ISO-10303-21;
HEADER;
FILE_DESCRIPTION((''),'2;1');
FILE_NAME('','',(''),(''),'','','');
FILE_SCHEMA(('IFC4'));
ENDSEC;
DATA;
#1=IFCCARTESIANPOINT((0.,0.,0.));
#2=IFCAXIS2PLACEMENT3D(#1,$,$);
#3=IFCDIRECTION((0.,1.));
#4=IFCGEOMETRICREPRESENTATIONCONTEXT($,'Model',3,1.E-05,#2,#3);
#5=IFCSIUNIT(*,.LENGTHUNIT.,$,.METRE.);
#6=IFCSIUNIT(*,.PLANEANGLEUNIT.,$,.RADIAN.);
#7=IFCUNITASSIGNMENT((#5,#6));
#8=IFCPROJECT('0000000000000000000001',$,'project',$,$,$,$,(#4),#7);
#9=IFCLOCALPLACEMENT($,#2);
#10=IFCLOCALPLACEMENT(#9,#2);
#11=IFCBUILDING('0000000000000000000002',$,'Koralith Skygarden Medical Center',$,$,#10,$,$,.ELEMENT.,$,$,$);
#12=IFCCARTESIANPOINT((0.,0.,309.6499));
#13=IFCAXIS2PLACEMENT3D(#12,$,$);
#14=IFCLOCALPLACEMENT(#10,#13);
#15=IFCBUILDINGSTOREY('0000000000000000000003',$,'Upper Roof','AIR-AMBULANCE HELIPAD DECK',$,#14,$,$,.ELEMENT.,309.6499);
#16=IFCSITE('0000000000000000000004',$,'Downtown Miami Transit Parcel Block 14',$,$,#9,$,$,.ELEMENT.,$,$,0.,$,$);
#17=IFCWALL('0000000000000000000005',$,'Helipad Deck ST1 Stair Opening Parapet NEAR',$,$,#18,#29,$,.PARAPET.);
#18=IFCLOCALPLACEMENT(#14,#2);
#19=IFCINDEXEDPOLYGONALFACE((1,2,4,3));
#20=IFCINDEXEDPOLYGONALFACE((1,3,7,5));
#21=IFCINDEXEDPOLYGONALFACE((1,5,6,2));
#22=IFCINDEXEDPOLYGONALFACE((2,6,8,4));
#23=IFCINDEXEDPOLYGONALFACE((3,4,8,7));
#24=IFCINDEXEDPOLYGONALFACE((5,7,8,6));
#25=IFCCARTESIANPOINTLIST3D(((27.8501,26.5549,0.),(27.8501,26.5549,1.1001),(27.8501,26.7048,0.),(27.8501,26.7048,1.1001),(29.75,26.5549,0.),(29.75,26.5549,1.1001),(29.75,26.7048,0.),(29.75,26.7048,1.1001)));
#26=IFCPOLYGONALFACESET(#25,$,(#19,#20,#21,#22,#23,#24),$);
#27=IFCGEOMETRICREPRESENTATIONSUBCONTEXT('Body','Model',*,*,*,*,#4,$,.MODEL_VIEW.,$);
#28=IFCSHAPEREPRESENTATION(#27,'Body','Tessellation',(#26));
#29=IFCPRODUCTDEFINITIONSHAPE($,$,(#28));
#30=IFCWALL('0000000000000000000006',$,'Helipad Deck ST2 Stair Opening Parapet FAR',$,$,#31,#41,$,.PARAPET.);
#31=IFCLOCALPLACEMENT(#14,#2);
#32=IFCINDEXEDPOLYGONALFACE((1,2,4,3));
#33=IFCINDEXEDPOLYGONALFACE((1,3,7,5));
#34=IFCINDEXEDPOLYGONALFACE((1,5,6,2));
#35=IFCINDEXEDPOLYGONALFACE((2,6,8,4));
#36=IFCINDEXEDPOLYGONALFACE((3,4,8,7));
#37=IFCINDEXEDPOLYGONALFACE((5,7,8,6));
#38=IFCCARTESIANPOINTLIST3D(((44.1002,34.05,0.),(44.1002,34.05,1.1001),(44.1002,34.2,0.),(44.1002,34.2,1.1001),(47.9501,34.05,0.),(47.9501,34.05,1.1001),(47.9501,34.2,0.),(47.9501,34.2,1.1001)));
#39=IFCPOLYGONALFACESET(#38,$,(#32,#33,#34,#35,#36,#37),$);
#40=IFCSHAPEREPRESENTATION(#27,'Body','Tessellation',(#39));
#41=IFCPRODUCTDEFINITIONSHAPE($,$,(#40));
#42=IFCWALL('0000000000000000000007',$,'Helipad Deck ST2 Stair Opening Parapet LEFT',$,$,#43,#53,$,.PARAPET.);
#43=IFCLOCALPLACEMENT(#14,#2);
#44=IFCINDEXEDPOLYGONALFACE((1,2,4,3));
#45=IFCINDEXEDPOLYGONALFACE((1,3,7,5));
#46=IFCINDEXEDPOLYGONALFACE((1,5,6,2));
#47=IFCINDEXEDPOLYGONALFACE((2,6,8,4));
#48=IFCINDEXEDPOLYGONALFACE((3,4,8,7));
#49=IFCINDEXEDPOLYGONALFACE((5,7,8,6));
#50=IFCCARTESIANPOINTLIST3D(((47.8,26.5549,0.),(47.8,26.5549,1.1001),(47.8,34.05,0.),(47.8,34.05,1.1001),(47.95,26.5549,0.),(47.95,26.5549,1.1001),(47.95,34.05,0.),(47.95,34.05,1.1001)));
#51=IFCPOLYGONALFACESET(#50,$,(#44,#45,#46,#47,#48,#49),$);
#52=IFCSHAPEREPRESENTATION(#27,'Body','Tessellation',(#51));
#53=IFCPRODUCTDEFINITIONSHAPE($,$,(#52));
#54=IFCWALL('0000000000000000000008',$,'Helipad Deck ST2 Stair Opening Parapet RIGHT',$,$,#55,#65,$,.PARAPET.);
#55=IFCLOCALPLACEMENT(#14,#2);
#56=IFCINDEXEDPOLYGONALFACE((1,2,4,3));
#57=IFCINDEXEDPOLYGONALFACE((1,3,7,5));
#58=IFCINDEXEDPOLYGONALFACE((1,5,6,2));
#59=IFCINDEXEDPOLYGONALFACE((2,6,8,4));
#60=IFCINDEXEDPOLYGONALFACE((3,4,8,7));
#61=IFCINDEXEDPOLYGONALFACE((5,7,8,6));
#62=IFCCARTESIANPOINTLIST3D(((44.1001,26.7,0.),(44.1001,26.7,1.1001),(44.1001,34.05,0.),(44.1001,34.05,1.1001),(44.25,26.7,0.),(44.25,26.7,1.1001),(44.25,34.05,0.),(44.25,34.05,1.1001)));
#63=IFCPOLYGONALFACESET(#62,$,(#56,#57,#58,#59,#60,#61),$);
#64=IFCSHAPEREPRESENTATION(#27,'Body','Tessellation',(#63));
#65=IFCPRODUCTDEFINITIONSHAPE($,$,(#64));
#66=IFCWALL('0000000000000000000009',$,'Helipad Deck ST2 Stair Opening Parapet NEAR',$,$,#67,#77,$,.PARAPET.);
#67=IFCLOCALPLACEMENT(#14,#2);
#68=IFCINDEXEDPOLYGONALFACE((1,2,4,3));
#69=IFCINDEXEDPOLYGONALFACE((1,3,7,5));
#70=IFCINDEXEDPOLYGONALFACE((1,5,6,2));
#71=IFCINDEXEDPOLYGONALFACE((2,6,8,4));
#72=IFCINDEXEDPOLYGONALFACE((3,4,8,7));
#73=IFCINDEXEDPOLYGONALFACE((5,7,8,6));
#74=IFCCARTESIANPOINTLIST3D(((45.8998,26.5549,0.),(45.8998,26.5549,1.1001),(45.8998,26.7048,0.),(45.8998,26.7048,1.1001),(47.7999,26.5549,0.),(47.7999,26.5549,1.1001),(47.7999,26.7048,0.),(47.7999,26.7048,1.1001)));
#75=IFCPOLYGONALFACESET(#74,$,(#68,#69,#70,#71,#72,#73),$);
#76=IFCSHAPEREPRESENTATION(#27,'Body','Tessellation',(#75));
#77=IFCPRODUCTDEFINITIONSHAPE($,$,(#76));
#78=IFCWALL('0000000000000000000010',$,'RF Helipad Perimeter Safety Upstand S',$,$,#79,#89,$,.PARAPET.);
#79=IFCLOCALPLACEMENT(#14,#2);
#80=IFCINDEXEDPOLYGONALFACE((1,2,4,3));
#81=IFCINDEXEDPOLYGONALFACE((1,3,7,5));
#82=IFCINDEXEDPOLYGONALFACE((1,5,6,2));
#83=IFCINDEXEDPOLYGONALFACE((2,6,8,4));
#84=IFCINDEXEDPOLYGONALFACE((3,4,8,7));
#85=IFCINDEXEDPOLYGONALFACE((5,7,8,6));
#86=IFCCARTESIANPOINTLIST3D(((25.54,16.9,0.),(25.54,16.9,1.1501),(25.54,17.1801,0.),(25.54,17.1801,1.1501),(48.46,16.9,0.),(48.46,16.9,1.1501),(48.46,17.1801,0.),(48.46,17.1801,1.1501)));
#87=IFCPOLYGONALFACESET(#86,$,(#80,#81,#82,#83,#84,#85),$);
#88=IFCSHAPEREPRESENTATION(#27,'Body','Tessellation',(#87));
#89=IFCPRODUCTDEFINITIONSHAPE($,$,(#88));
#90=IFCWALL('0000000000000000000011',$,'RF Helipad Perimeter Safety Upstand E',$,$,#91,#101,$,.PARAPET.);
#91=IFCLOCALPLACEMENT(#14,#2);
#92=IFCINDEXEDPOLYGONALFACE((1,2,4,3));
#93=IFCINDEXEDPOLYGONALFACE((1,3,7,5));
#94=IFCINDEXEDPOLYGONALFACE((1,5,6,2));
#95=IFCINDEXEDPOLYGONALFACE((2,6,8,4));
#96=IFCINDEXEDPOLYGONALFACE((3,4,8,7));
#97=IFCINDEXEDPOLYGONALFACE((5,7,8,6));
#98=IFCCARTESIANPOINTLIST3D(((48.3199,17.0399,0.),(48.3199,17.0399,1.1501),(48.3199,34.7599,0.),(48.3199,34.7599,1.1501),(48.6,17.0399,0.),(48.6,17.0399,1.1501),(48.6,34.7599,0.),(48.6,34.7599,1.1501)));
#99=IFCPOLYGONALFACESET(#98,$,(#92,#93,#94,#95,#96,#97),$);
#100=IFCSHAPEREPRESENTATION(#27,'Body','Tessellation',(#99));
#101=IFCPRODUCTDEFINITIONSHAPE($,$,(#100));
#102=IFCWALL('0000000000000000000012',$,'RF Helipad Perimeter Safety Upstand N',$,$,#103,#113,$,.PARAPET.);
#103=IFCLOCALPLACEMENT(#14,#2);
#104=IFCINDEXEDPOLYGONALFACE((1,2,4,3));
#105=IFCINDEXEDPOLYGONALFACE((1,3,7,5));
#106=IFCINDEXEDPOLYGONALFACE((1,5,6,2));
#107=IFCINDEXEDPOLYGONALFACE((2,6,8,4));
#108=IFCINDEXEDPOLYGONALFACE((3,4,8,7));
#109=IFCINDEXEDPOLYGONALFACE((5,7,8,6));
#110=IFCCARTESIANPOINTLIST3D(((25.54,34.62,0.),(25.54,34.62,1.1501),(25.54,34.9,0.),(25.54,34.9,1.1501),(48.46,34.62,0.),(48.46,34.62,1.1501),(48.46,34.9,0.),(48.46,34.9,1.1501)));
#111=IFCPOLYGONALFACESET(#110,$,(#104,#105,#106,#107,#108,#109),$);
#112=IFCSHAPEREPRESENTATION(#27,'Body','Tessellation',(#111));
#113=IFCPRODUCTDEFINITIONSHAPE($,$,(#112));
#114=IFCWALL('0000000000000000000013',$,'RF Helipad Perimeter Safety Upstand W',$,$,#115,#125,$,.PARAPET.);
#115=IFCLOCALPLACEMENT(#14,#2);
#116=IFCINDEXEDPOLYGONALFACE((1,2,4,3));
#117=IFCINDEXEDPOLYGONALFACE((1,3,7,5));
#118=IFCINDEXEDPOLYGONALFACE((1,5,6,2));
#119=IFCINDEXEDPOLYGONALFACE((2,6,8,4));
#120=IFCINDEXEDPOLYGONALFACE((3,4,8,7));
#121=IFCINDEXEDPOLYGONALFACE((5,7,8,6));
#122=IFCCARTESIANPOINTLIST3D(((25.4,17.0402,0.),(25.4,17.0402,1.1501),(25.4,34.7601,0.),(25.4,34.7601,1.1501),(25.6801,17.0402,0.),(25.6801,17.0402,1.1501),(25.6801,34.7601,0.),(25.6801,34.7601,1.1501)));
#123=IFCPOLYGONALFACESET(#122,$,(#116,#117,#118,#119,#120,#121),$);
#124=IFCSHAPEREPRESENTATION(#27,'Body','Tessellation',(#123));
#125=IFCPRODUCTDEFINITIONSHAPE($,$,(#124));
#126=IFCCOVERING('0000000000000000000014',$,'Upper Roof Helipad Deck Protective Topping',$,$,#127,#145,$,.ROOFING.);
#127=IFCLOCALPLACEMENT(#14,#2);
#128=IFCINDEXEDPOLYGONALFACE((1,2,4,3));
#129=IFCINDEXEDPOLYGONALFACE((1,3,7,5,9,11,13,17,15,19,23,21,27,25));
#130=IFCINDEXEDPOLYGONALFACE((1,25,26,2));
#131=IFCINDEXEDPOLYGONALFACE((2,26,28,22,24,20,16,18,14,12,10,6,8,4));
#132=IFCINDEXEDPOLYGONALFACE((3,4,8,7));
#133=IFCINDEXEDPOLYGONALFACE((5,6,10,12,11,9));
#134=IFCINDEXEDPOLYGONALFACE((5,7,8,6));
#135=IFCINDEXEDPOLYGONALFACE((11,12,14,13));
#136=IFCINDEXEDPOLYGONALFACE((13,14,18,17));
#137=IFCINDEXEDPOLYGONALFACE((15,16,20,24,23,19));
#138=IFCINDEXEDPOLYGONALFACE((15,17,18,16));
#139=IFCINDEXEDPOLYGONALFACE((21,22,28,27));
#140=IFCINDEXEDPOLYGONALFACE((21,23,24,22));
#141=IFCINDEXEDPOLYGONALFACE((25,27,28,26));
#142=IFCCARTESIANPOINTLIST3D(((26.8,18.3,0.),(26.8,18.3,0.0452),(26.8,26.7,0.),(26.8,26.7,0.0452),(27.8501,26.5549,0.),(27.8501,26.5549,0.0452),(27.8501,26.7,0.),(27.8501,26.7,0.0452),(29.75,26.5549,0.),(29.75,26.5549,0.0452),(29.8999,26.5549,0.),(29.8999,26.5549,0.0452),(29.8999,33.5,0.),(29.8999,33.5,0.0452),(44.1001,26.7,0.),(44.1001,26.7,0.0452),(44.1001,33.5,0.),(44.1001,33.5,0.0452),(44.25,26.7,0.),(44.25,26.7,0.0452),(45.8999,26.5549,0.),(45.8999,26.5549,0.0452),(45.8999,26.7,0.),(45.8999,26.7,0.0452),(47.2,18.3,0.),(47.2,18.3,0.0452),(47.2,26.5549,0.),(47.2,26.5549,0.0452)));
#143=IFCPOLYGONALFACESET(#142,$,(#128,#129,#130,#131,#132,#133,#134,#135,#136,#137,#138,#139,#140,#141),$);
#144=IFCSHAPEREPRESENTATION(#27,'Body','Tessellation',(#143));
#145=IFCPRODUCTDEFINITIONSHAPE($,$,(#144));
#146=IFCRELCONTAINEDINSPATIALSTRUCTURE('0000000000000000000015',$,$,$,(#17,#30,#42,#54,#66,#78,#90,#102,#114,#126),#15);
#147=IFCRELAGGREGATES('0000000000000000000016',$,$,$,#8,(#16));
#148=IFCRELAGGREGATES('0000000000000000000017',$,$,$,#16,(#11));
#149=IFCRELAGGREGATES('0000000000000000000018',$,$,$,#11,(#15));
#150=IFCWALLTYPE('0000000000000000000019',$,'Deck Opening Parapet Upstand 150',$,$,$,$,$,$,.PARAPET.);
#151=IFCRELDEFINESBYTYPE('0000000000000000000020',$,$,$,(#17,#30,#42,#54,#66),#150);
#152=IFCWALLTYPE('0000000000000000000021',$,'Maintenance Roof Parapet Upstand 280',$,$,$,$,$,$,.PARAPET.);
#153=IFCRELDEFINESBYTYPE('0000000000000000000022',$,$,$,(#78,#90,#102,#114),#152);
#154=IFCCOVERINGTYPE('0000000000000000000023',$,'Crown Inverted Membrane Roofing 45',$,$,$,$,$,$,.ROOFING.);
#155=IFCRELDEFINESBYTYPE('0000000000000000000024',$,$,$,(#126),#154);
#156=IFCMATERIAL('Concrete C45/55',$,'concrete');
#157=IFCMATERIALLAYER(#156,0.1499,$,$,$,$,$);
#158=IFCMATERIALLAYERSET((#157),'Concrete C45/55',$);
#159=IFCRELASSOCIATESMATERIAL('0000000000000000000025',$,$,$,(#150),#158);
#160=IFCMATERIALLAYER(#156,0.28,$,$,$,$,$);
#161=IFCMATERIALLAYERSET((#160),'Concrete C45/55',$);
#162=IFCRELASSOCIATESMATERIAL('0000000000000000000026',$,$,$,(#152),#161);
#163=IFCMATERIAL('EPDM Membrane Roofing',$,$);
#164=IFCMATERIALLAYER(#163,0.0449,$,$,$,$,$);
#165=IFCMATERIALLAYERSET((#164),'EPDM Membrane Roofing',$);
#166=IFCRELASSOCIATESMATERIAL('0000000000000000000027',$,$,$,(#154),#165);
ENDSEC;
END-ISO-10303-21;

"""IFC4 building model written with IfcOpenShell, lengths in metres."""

from ifc_helpers import new_model, si_unit, direction, frame, frame_2d, origin, place, context, subcontext, project, spatial, polyline, rectangle, outline, extrude, material, layer, layer_set, type_object, element, save


model = new_model("IFC4")

# Units and contexts
model_context = context("Model", 3, precision=1e-05, world=origin(), true_north=direction((0.0, 1.0)))
body_context = subcontext(model_context, "Body", "Model", "MODEL_VIEW")
ifc_project = project(units=[si_unit("LENGTHUNIT", "METRE"), si_unit("PLANEANGLEUNIT", "RADIAN")], contexts=[model_context])

# Site, building, storey
site_placement = place(None, origin())
site = spatial("IfcSite", under=ifc_project, at=site_placement, Name="Downtown Miami Transit Parcel Block 14", CompositionType="ELEMENT", RefElevation=0.0)
building_placement = place(site_placement, origin())
building = spatial("IfcBuilding", under=site, at=building_placement, Name="Koralith Skygarden Medical Center", CompositionType="ELEMENT")
storey_placement = place(building_placement, frame((0.0, 0.0, 309.6499)))
storey = spatial("IfcBuildingStorey", under=building, at=storey_placement, Name="Upper Roof", Description="AIR-AMBULANCE HELIPAD DECK", CompositionType="ELEMENT", Elevation=309.6499)

# Walls
ifc_material_1 = material(Name="Concrete C45/55", Category="concrete")
ifc_layer_1 = layer(ifc_material_1, 0.1499)
ifc_layer_set_1 = layer_set([ifc_layer_1], Name="Concrete C45/55")
wall_type_1 = type_object("IfcWallType", Name="Deck Opening Parapet Upstand 150", PredefinedType="PARAPET", material=ifc_layer_set_1)
wall_1_placement = place(storey_placement, frame((29.75, 26.6299, 0.0), z_axis=(0.0, 0.0, 1.0), x_axis=(-1.0, 0.0, 0.0)))
element("IfcWall", 1, at=wall_1_placement, inside=storey, type_object=wall_type_1, Name="Helipad Deck ST1 Stair Opening Parapet NEAR", PredefinedType="PARAPET", context=body_context, shape_type="SweptSolid", body=[
    extrude(rectangle(XDim=1.8999, YDim=0.1499, at=frame_2d((0.95, 0.0))), origin(), (0.0, 0.0, 1.0), 1.1001),
])
wall_2_placement = place(storey_placement, frame((47.95, 34.125, 0.0), z_axis=(0.0, 0.0, 1.0), x_axis=(-1.0, 0.0, 0.0)))
element("IfcWall", 2, at=wall_2_placement, inside=storey, type_object=wall_type_1, Name="Helipad Deck ST2 Stair Opening Parapet FAR", PredefinedType="PARAPET", context=body_context, shape_type="SweptSolid", body=[
    extrude(rectangle(XDim=3.8499, YDim=0.1499, at=frame_2d((1.9248, 0.0))), origin(), (0.0, 0.0, 1.0), 1.1001),
])
wall_3_placement = place(storey_placement, frame((47.875, 26.5549, 0.0), z_axis=(0.0, 0.0, 1.0), x_axis=(0.0, 1.0, 0.0)))
element("IfcWall", 3, at=wall_3_placement, inside=storey, type_object=wall_type_1, Name="Helipad Deck ST2 Stair Opening Parapet LEFT", PredefinedType="PARAPET", context=body_context, shape_type="SweptSolid", body=[
    extrude(rectangle(XDim=7.4951, YDim=0.1499, at=frame_2d((3.7476, 0.0))), origin(), (0.0, 0.0, 1.0), 1.1001),
])
wall_4_placement = place(storey_placement, frame((44.175, 26.7, 0.0), z_axis=(0.0, 0.0, 1.0), x_axis=(0.0, 1.0, 0.0)))
element("IfcWall", 4, at=wall_4_placement, inside=storey, type_object=wall_type_1, Name="Helipad Deck ST2 Stair Opening Parapet RIGHT", PredefinedType="PARAPET", context=body_context, shape_type="SweptSolid", body=[
    extrude(rectangle(XDim=7.3501, YDim=0.1499, at=frame_2d((3.675, 0.0))), origin(), (0.0, 0.0, 1.0), 1.1001),
])
wall_5_placement = place(storey_placement, frame((47.8, 26.6299, 0.0), z_axis=(0.0, 0.0, 1.0), x_axis=(-1.0, 0.0, 0.0)))
element("IfcWall", 5, at=wall_5_placement, inside=storey, type_object=wall_type_1, Name="Helipad Deck ST2 Stair Opening Parapet NEAR", PredefinedType="PARAPET", context=body_context, shape_type="SweptSolid", body=[
    extrude(rectangle(XDim=1.9001, YDim=0.1499, at=frame_2d((0.9502, 0.0))), origin(), (0.0, 0.0, 1.0), 1.1001),
])
ifc_layer_2 = layer(ifc_material_1, 0.28)
ifc_layer_set_2 = layer_set([ifc_layer_2], Name="Concrete C45/55")
wall_type_2 = type_object("IfcWallType", Name="Maintenance Roof Parapet Upstand 280", PredefinedType="PARAPET", material=ifc_layer_set_2)
wall_6_placement = place(storey_placement, frame((25.54, 17.04, 0.0), z_axis=(0.0, 0.0, 1.0), x_axis=(1.0, 0.0, 0.0)))
element("IfcWall", 6, at=wall_6_placement, inside=storey, type_object=wall_type_2, Name="RF Helipad Perimeter Safety Upstand S", PredefinedType="PARAPET", context=body_context, shape_type="SweptSolid", body=[
    extrude(rectangle(XDim=22.9199, YDim=0.28, at=frame_2d((11.46, 0.0))), origin(), (0.0, 0.0, 1.0), 1.1501),
])
wall_7_placement = place(storey_placement, frame((48.46, 17.04, 0.0), z_axis=(0.0, 0.0, 1.0), x_axis=(0.0, 1.0, 0.0)))
element("IfcWall", 7, at=wall_7_placement, inside=storey, type_object=wall_type_2, Name="RF Helipad Perimeter Safety Upstand E", PredefinedType="PARAPET", context=body_context, shape_type="SweptSolid", body=[
    extrude(rectangle(XDim=17.72, YDim=0.28, at=frame_2d((8.8599, 0.0))), origin(), (0.0, 0.0, 1.0), 1.1501),
])
wall_8_placement = place(storey_placement, frame((48.46, 34.76, 0.0), z_axis=(0.0, 0.0, 1.0), x_axis=(-1.0, 0.0, 0.0)))
element("IfcWall", 8, at=wall_8_placement, inside=storey, type_object=wall_type_2, Name="RF Helipad Perimeter Safety Upstand N", PredefinedType="PARAPET", context=body_context, shape_type="SweptSolid", body=[
    extrude(rectangle(XDim=22.9199, YDim=0.28, at=frame_2d((11.46, 0.0))), origin(), (0.0, 0.0, 1.0), 1.1501),
])
wall_9_placement = place(storey_placement, frame((25.54, 34.76, 0.0), z_axis=(0.0, 0.0, 1.0), x_axis=(0.0, -1.0, 0.0)))
element("IfcWall", 9, at=wall_9_placement, inside=storey, type_object=wall_type_2, Name="RF Helipad Perimeter Safety Upstand W", PredefinedType="PARAPET", context=body_context, shape_type="SweptSolid", body=[
    extrude(rectangle(XDim=17.72, YDim=0.28, at=frame_2d((8.8599, 0.0))), origin(), (0.0, 0.0, 1.0), 1.1501),
])

# Covering
ifc_material_2 = material(Name="EPDM Membrane Roofing")
ifc_layer_3 = layer(ifc_material_2, 0.0449)
ifc_layer_set_3 = layer_set([ifc_layer_3], Name="EPDM Membrane Roofing")
covering_type = type_object("IfcCoveringType", Name="Crown Inverted Membrane Roofing 45", PredefinedType="ROOFING", material=ifc_layer_set_3)
covering_placement = place(storey_placement, origin())
element("IfcCovering", 10, at=covering_placement, inside=storey, type_object=covering_type, Name="Upper Roof Helipad Deck Protective Topping", PredefinedType="ROOFING", context=body_context, shape_type="SweptSolid", body=[
    extrude(outline(polyline([(47.2, 18.3), (26.8, 18.3), (26.8, 26.7), (27.8501, 26.7), (27.8501, 26.5549), (29.75, 26.5549), (29.8999, 26.5549), (29.8999, 33.5), (44.1001, 33.5), (44.1001, 26.7), (44.25, 26.7), (45.8999, 26.7), (45.8999, 26.5549), (47.2, 26.5549), (47.2, 18.3)])), origin(), (0.0, 0.0, 1.0), 0.0452),
])

save(model, "model.ifc")
